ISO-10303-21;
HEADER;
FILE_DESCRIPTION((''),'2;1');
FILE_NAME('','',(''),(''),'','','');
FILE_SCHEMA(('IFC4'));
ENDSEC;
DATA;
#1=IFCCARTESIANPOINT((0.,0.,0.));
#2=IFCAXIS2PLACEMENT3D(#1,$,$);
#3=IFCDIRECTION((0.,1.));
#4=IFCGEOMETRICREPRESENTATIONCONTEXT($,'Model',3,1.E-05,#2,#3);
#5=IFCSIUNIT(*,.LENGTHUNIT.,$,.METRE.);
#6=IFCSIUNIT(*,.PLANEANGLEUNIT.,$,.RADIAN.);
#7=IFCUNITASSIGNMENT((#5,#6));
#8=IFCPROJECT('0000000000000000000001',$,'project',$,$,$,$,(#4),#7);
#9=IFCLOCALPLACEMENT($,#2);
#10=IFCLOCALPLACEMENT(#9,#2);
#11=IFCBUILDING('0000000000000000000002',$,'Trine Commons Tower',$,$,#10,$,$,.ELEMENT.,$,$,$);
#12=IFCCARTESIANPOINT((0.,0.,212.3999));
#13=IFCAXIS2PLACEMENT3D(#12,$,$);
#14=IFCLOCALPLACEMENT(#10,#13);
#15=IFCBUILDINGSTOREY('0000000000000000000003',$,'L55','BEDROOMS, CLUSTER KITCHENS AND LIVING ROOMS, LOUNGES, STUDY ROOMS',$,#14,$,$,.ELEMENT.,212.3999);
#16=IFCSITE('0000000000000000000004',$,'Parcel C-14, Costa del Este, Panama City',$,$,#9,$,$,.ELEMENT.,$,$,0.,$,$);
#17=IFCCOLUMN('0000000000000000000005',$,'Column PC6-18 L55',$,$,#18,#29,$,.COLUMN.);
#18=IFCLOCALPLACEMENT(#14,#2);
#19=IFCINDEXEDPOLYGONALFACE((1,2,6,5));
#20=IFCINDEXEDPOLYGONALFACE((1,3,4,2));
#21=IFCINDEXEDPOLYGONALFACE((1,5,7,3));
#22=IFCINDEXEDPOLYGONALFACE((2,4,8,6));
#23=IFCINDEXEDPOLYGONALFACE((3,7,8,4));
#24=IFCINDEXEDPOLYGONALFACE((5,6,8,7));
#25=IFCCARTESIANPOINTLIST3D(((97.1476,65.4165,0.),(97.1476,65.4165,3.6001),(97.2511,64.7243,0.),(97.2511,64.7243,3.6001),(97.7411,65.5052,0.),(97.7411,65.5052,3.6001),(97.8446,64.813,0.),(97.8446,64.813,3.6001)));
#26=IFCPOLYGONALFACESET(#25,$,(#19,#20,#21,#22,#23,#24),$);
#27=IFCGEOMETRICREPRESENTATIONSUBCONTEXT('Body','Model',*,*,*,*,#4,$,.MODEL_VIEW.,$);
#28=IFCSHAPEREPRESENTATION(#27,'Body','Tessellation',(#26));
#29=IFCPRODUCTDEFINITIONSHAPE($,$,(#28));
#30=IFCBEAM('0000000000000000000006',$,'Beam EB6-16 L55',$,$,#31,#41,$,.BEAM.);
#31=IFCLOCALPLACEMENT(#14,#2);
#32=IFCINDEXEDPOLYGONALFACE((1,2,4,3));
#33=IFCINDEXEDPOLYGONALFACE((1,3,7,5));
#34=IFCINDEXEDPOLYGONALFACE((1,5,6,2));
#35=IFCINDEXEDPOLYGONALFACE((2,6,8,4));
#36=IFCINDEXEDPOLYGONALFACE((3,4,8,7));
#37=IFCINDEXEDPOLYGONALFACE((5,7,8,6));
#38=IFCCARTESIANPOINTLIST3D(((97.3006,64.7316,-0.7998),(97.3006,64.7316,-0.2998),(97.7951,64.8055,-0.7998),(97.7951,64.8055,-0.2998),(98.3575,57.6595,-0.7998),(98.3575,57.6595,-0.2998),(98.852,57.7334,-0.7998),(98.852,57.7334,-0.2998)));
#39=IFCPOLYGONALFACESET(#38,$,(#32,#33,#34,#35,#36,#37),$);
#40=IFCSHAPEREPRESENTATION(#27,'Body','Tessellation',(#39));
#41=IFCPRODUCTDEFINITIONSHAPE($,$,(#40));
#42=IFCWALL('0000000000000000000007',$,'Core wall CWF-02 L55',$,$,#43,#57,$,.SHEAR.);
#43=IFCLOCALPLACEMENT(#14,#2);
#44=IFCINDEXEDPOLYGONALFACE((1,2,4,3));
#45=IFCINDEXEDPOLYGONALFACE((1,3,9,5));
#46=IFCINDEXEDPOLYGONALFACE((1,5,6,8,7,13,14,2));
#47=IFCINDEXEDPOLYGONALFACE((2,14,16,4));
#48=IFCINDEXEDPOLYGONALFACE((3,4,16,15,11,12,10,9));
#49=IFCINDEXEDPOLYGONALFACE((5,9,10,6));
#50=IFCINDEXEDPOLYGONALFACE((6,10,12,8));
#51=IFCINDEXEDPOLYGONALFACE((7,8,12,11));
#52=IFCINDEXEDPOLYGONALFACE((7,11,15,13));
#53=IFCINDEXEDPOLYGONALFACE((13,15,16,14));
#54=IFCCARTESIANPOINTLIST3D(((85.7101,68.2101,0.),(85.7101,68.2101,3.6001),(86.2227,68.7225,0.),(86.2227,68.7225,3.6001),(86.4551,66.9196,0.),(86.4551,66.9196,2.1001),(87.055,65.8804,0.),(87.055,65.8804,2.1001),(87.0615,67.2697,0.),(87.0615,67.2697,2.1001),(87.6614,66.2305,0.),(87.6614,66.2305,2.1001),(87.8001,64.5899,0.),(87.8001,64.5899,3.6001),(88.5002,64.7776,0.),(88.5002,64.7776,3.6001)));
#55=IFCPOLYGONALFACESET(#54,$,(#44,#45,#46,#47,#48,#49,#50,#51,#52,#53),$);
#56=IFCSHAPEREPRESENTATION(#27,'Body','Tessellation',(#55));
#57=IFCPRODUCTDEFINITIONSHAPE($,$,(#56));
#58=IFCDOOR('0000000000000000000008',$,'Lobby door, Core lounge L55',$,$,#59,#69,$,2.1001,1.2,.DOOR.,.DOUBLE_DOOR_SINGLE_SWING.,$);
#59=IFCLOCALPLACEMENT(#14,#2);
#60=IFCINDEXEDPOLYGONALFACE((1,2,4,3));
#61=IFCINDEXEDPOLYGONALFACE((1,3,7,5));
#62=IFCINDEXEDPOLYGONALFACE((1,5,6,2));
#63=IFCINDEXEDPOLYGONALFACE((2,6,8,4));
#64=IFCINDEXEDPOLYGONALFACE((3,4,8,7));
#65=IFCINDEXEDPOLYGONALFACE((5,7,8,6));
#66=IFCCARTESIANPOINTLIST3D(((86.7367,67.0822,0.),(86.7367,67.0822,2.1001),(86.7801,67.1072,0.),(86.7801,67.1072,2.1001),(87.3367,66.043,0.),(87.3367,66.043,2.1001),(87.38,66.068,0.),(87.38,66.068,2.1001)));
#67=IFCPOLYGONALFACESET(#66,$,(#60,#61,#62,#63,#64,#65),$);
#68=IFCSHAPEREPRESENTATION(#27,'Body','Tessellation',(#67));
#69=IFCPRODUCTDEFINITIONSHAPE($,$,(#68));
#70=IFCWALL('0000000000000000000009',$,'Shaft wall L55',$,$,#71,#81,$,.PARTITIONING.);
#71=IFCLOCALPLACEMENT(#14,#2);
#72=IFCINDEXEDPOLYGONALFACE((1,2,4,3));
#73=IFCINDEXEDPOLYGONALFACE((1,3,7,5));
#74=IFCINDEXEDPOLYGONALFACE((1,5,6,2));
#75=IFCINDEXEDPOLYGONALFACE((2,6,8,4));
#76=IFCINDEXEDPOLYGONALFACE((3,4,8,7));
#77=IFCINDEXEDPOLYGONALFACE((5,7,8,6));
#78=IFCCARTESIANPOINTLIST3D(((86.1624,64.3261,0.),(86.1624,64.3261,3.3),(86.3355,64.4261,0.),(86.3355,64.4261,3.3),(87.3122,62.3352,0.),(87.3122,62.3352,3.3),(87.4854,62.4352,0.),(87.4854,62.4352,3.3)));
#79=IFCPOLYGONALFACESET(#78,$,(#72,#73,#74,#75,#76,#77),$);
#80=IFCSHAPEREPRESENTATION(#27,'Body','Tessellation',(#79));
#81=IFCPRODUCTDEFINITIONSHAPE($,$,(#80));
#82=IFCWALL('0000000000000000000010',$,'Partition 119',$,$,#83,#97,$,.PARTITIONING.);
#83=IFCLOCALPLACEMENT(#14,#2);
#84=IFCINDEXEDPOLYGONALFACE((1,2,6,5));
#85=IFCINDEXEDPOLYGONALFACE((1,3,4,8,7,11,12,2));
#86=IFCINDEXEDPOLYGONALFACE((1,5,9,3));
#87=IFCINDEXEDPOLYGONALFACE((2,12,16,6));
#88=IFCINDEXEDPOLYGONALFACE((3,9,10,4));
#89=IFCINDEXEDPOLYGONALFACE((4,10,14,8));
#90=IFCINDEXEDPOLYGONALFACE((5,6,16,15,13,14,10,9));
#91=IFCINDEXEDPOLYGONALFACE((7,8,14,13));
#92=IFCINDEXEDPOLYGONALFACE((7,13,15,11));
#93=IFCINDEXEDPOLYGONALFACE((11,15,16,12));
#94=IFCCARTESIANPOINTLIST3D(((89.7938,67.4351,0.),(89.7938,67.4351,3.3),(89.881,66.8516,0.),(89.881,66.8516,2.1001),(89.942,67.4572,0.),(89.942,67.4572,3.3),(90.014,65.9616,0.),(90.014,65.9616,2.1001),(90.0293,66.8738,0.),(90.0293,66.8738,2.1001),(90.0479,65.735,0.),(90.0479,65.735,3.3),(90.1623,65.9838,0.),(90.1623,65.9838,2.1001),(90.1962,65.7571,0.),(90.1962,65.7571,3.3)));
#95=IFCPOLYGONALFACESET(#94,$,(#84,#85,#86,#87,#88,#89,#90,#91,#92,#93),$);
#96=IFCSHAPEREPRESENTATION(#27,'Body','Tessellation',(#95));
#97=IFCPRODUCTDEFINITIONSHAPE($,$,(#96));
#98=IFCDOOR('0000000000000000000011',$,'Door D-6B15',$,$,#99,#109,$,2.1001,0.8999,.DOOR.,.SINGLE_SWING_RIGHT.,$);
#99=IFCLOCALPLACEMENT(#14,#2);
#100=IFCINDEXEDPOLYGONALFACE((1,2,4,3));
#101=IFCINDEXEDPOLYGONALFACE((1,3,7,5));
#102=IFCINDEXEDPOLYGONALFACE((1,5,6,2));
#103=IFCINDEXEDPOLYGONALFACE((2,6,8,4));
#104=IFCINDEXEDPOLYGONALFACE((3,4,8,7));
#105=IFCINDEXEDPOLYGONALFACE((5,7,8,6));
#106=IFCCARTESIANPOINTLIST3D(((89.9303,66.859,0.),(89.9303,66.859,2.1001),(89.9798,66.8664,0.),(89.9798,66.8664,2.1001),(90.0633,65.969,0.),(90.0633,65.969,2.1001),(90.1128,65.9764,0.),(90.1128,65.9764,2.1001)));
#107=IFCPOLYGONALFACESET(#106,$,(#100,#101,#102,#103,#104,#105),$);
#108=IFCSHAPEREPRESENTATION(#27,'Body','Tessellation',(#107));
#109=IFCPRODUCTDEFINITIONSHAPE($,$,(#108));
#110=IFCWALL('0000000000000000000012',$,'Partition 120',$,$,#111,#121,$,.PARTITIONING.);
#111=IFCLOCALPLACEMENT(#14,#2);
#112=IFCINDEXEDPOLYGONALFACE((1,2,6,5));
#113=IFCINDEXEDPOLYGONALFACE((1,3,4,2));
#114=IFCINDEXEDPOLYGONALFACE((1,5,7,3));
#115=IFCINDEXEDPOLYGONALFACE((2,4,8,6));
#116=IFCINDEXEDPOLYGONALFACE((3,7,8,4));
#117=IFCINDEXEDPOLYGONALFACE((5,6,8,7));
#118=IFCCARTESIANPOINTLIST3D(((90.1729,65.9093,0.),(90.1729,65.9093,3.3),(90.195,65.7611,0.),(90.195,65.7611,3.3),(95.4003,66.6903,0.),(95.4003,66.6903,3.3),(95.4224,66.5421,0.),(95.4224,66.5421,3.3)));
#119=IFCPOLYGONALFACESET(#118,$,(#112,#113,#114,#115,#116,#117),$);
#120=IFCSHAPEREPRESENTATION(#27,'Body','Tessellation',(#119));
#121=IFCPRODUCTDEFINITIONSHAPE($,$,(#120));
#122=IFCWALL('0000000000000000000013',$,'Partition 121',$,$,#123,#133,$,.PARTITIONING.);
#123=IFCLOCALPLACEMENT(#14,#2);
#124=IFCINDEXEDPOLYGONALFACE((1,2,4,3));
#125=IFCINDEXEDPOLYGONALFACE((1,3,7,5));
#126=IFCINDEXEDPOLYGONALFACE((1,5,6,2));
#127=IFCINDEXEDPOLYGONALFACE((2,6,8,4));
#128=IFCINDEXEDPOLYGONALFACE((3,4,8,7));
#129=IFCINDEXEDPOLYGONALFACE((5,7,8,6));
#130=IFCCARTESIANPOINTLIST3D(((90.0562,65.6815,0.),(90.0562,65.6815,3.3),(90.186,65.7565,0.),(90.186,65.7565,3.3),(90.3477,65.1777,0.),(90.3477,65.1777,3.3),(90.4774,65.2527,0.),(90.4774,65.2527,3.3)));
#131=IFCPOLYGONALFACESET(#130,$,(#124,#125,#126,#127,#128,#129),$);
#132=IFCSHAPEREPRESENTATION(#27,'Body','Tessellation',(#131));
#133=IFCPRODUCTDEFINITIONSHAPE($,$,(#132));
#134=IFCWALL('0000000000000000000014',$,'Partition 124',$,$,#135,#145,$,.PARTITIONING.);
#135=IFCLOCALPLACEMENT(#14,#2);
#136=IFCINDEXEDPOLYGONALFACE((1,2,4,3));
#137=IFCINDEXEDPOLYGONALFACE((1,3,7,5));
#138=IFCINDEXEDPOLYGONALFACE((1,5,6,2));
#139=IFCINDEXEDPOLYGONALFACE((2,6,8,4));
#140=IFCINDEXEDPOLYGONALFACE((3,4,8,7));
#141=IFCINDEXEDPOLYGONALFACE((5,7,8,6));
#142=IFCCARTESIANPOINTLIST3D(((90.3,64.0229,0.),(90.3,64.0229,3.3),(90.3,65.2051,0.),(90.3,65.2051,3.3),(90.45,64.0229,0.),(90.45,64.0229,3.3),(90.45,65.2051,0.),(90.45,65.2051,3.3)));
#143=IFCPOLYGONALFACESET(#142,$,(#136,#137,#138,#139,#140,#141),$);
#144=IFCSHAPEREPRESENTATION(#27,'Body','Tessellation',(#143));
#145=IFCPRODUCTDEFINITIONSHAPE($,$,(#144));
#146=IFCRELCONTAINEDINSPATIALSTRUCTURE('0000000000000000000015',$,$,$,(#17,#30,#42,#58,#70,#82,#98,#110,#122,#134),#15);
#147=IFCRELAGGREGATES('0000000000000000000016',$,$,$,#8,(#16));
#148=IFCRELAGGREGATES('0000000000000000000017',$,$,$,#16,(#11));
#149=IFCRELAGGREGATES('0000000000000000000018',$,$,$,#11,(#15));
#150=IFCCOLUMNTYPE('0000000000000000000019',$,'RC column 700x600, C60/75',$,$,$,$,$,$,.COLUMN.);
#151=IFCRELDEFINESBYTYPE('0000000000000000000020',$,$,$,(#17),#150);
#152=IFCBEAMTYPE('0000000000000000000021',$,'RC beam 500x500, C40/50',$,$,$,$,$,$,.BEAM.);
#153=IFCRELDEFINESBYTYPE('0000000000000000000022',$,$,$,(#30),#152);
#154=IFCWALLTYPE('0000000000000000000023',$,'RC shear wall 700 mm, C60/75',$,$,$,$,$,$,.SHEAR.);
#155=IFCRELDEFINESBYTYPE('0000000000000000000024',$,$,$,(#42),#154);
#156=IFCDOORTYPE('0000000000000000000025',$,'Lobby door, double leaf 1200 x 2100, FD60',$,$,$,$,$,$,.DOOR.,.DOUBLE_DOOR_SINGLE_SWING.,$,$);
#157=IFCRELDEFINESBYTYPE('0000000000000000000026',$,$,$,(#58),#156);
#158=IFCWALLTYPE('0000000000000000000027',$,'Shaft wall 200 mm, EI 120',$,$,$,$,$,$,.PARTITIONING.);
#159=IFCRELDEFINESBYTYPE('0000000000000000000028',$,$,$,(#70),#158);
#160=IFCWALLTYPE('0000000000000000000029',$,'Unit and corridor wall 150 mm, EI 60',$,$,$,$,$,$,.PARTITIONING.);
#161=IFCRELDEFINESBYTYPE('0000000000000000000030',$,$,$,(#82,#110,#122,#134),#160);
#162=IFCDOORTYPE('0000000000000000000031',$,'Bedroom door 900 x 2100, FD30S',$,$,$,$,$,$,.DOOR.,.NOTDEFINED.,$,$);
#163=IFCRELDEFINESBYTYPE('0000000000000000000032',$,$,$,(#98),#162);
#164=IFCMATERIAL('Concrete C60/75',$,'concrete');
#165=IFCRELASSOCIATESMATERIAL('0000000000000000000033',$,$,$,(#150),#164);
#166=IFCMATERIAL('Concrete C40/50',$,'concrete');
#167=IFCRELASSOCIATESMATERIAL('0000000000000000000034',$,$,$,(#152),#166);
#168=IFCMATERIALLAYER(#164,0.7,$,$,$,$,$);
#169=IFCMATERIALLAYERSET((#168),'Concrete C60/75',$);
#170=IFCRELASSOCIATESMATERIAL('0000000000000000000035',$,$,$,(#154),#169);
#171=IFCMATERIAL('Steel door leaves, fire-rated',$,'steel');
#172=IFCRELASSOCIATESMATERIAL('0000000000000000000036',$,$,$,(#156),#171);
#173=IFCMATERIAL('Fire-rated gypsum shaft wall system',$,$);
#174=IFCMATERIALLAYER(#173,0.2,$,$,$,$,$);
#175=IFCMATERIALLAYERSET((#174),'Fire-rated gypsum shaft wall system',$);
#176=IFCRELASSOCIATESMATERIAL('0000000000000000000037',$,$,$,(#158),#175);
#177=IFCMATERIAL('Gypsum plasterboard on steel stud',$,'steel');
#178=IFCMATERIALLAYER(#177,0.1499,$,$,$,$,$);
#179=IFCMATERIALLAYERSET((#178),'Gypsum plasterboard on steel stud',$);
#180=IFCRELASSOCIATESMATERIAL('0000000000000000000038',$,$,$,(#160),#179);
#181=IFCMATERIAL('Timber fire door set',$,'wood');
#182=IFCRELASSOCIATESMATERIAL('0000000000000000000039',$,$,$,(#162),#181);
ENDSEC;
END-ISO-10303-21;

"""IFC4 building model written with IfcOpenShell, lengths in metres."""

from ifc_helpers import new_model, si_unit, direction, frame, frame_2d, origin, origin_2d, place, context, subcontext, project, spatial, polyline, rectangle, outline, extrude, material, layer, layer_set, material_profile, profile_set, type_object, element, fill, save


model = new_model("IFC4")

# Units and contexts
model_context = context("Model", 3, precision=1e-05, world=origin(), true_north=direction((0.0, 1.0)))
body_context = subcontext(model_context, "Body", "Model", "MODEL_VIEW")
ifc_project = project(units=[si_unit("LENGTHUNIT", "METRE"), si_unit("PLANEANGLEUNIT", "RADIAN")], contexts=[model_context])

# Site, building, storey
site_placement = place(None, origin())
site = spatial("IfcSite", under=ifc_project, at=site_placement, Name="Parcel C-14, Costa del Este, Panama City", CompositionType="ELEMENT", RefElevation=0.0)
building_placement = place(site_placement, origin())
building = spatial("IfcBuilding", under=site, at=building_placement, Name="Trine Commons Tower", CompositionType="ELEMENT")
storey_placement = place(building_placement, frame((0.0, 0.0, 212.3999)))
storey = spatial("IfcBuildingStorey", under=building, at=storey_placement, Name="L55", Description="BEDROOMS, CLUSTER KITCHENS AND LIVING ROOMS, LOUNGES, STUDY ROOMS", CompositionType="ELEMENT", Elevation=212.3999)

# Column
ifc_material_1 = material(Name="Concrete C60/75", Category="concrete")
ifc_material_profile_1 = material_profile(ifc_material_1, rectangle(XDim=0.7, YDim=0.6001, at=origin_2d()), Name="RC 700x600")
ifc_profile_set_1 = profile_set([ifc_material_profile_1], Name="Concrete C60/75")
column_type = type_object("IfcColumnType", Name="RC column 700x600, C60/75", PredefinedType="COLUMN", material=ifc_profile_set_1)
column_placement = place(storey_placement, frame((97.4961, 65.1147, 0.0), z_axis=(0.0, 0.0, 1.0), x_axis=(-0.147809, 0.989016, 0.0)))
element("IfcColumn", 1, at=column_placement, inside=storey, type_object=column_type, Name="Column PC6-18 L55", PredefinedType="COLUMN", context=body_context, shape_type="SweptSolid", body=[
    extrude(rectangle(XDim=0.7, YDim=0.6001, at=origin_2d()), origin(), (0.0, 0.0, 1.0), 3.6001),
])

# Beam
ifc_material_2 = material(Name="Concrete C40/50", Category="concrete")
ifc_material_profile_2 = material_profile(ifc_material_2, rectangle(XDim=0.5, YDim=0.5, at=origin_2d()), Name="RC 500x500")
ifc_profile_set_2 = profile_set([ifc_material_profile_2], Name="Concrete C40/50")
beam_type = type_object("IfcBeamType", Name="RC beam 500x500, C40/50", PredefinedType="BEAM", material=ifc_profile_set_2)
beam_placement = place(storey_placement, frame((97.5479, 64.7686, -0.5498), z_axis=(0.147804, -0.989017, 0.0), x_axis=(0.989017, 0.147804, 0.0)))
element("IfcBeam", 2, at=beam_placement, inside=storey, type_object=beam_type, Name="Beam EB6-16 L55", PredefinedType="BEAM", context=body_context, shape_type="SweptSolid", body=[
    extrude(rectangle(XDim=0.5, YDim=0.5, at=origin_2d()), origin(), (0.0, 0.0, 1.0), 7.1506),
])

# Wall, opening, door
ifc_layer_1 = layer(ifc_material_1, 0.7)
ifc_layer_set_1 = layer_set([ifc_layer_1], Name="Concrete C60/75")
wall_type_1 = type_object("IfcWallType", Name="RC shear wall 700 mm, C60/75", PredefinedType="SHEAR", material=ifc_layer_set_1)
wall_1_placement = place(storey_placement, frame((88.197, 64.6025, 0.0), z_axis=(0.0, 0.0, 1.0), x_axis=(-0.499984, 0.866035, 0.0)))
wall_1 = element("IfcWall", 3, at=wall_1_placement, inside=storey, type_object=wall_type_1, Name="Core wall CWF-02 L55", PredefinedType="SHEAR", context=body_context, shape_type="SweptSolid", body=[
    extrude(outline(polyline([(0.0, -0.3501), (4.5552, -0.3501), (4.3677, 0.3501), (0.1875, 0.3501), (0.0, -0.3501)])), origin(), (0.0, 0.0, 1.0), 3.6001),
])
opening_1_placement = place(wall_1_placement, frame((1.6775, 0.0, 0.0)))
opening_1 = element("IfcOpeningElement", 4, at=opening_1_placement, cuts=wall_1, PredefinedType="OPENING", context=body_context, shape_type="SweptSolid", body=[
    extrude(rectangle(XDim=1.2, YDim=2.1001, at=frame_2d((0.6001, 1.05))), frame((0.0, 0.3599, 0.0), z_axis=(0.0, -1.0, 0.0), x_axis=(1.0, 0.0, 0.0)), (0.0, 0.0, 1.0), 0.72),
])
ifc_material_3 = material(Name="Steel door leaves, fire-rated", Category="steel")
door_type_1 = type_object("IfcDoorType", Name="Lobby door, double leaf 1200 x 2100, FD60", OperationType="DOUBLE_DOOR_SINGLE_SWING", PredefinedType="DOOR", material=ifc_material_3)
door_1_placement = place(opening_1_placement, origin())
door_1 = element("IfcDoor", 5, at=door_1_placement, inside=storey, type_object=door_type_1, Name="Lobby door, Core lounge L55", OperationType="DOUBLE_DOOR_SINGLE_SWING", OverallHeight=2.1001, OverallWidth=1.2, PredefinedType="DOOR", context=body_context, shape_type="SweptSolid", body=[
    extrude(rectangle(XDim=1.2, YDim=2.1001, at=frame_2d((0.6001, 1.05))), frame((0.0, 0.0249, 0.0), z_axis=(0.0, -1.0, 0.0), x_axis=(1.0, 0.0, 0.0)), (0.0, 0.0, 1.0), 0.05),
])
fill(opening_1, door_1)

# Wall
ifc_material_4 = material(Name="Fire-rated gypsum shaft wall system")
ifc_layer_2 = layer(ifc_material_4, 0.2)
ifc_layer_set_2 = layer_set([ifc_layer_2], Name="Fire-rated gypsum shaft wall system")
wall_type_2 = type_object("IfcWallType", Name="Shaft wall 200 mm, EI 120", PredefinedType="PARTITIONING", material=ifc_layer_set_2)
wall_2_placement = place(storey_placement, frame((86.249, 64.376, 0.0), z_axis=(0.0, 0.0, 1.0), x_axis=(0.500136, -0.865947, 0.0)))
element("IfcWall", 6, at=wall_2_placement, inside=storey, type_object=wall_type_2, Name="Shaft wall L55", PredefinedType="PARTITIONING", context=body_context, shape_type="SweptSolid", body=[
    extrude(rectangle(XDim=2.2991, YDim=0.2, at=frame_2d((1.1494, 0.0))), origin(), (0.0, 0.0, 1.0), 3.3),
])

# Wall, opening, door
ifc_material_5 = material(Name="Gypsum plasterboard on steel stud", Category="steel")
ifc_layer_3 = layer(ifc_material_5, 0.1499)
ifc_layer_set_3 = layer_set([ifc_layer_3], Name="Gypsum plasterboard on steel stud")
wall_type_3 = type_object("IfcWallType", Name="Unit and corridor wall 150 mm, EI 60", PredefinedType="PARTITIONING", material=ifc_layer_set_3)
wall_3_placement = place(storey_placement, frame((89.8679, 67.446, 0.0), z_axis=(0.0, 0.0, 1.0), x_axis=(0.14784, -0.989011, 0.0)))
wall_3 = element("IfcWall", 7, at=wall_3_placement, inside=storey, type_object=wall_type_3, Name="Partition 119", PredefinedType="PARTITIONING", context=body_context, shape_type="SweptSolid", body=[
    extrude(rectangle(XDim=1.719, YDim=0.1499, at=frame_2d((0.8594, 0.0))), origin(), (0.0, 0.0, 1.0), 3.3),
])
opening_2_placement = place(wall_3_placement, frame((0.5898, 0.0, 0.0)))
opening_2 = element("IfcOpeningElement", 8, at=opening_2_placement, cuts=wall_3, PredefinedType="OPENING", context=body_context, shape_type="SweptSolid", body=[
    extrude(rectangle(XDim=0.8999, YDim=2.1001, at=frame_2d((0.45, 1.05))), frame((0.0, 0.085, 0.0), z_axis=(0.0, -1.0, 0.0), x_axis=(1.0, 0.0, 0.0)), (0.0, 0.0, 1.0), 0.1699),
])
ifc_material_6 = material(Name="Timber fire door set", Category="wood")
door_type_2 = type_object("IfcDoorType", Name="Bedroom door 900 x 2100, FD30S", OperationType="NOTDEFINED", PredefinedType="DOOR", material=ifc_material_6)
door_2_placement = place(opening_2_placement, origin())
door_2 = element("IfcDoor", 9, at=door_2_placement, inside=storey, type_object=door_type_2, Name="Door D-6B15", OperationType="SINGLE_SWING_RIGHT", OverallHeight=2.1001, OverallWidth=0.8999, PredefinedType="DOOR", context=body_context, shape_type="SweptSolid", body=[
    extrude(rectangle(XDim=0.8999, YDim=2.1001, at=frame_2d((0.45, 1.05))), frame((0.0, 0.0249, 0.0), z_axis=(0.0, -1.0, 0.0), x_axis=(1.0, 0.0, 0.0)), (0.0, 0.0, 1.0), 0.05),
])
fill(opening_2, door_2)

# Walls
wall_4_placement = place(storey_placement, frame((90.1841, 65.8352, 0.0), z_axis=(0.0, 0.0, 1.0), x_axis=(0.989022, 0.147769, 0.0)))
element("IfcWall", 10, at=wall_4_placement, inside=storey, type_object=wall_type_3, Name="Partition 120", PredefinedType="PARTITIONING", context=body_context, shape_type="SweptSolid", body=[
    extrude(rectangle(XDim=5.2854, YDim=0.1499, at=frame_2d((2.6426, 0.0))), origin(), (0.0, 0.0, 1.0), 3.3),
])
wall_5_placement = place(storey_placement, frame((90.1211, 65.719, 0.0), z_axis=(0.0, 0.0, 1.0), x_axis=(0.500739, -0.865599, 0.0)))
element("IfcWall", 11, at=wall_5_placement, inside=storey, type_object=wall_type_3, Name="Partition 121", PredefinedType="PARTITIONING", context=body_context, shape_type="SweptSolid", body=[
    extrude(rectangle(XDim=0.582, YDim=0.1499, at=frame_2d((0.291, 0.0))), origin(), (0.0, 0.0, 1.0), 3.3),
])
wall_6_placement = place(storey_placement, frame((90.375, 64.0229, 0.0), z_axis=(0.0, 0.0, 1.0), x_axis=(0.0, 1.0, 0.0)))
element("IfcWall", 12, at=wall_6_placement, inside=storey, type_object=wall_type_3, Name="Partition 124", PredefinedType="PARTITIONING", context=body_context, shape_type="SweptSolid", body=[
    extrude(rectangle(XDim=1.1821, YDim=0.1499, at=frame_2d((0.5911, 0.0))), origin(), (0.0, 0.0, 1.0), 3.3),
])

save(model, "model.ifc")
